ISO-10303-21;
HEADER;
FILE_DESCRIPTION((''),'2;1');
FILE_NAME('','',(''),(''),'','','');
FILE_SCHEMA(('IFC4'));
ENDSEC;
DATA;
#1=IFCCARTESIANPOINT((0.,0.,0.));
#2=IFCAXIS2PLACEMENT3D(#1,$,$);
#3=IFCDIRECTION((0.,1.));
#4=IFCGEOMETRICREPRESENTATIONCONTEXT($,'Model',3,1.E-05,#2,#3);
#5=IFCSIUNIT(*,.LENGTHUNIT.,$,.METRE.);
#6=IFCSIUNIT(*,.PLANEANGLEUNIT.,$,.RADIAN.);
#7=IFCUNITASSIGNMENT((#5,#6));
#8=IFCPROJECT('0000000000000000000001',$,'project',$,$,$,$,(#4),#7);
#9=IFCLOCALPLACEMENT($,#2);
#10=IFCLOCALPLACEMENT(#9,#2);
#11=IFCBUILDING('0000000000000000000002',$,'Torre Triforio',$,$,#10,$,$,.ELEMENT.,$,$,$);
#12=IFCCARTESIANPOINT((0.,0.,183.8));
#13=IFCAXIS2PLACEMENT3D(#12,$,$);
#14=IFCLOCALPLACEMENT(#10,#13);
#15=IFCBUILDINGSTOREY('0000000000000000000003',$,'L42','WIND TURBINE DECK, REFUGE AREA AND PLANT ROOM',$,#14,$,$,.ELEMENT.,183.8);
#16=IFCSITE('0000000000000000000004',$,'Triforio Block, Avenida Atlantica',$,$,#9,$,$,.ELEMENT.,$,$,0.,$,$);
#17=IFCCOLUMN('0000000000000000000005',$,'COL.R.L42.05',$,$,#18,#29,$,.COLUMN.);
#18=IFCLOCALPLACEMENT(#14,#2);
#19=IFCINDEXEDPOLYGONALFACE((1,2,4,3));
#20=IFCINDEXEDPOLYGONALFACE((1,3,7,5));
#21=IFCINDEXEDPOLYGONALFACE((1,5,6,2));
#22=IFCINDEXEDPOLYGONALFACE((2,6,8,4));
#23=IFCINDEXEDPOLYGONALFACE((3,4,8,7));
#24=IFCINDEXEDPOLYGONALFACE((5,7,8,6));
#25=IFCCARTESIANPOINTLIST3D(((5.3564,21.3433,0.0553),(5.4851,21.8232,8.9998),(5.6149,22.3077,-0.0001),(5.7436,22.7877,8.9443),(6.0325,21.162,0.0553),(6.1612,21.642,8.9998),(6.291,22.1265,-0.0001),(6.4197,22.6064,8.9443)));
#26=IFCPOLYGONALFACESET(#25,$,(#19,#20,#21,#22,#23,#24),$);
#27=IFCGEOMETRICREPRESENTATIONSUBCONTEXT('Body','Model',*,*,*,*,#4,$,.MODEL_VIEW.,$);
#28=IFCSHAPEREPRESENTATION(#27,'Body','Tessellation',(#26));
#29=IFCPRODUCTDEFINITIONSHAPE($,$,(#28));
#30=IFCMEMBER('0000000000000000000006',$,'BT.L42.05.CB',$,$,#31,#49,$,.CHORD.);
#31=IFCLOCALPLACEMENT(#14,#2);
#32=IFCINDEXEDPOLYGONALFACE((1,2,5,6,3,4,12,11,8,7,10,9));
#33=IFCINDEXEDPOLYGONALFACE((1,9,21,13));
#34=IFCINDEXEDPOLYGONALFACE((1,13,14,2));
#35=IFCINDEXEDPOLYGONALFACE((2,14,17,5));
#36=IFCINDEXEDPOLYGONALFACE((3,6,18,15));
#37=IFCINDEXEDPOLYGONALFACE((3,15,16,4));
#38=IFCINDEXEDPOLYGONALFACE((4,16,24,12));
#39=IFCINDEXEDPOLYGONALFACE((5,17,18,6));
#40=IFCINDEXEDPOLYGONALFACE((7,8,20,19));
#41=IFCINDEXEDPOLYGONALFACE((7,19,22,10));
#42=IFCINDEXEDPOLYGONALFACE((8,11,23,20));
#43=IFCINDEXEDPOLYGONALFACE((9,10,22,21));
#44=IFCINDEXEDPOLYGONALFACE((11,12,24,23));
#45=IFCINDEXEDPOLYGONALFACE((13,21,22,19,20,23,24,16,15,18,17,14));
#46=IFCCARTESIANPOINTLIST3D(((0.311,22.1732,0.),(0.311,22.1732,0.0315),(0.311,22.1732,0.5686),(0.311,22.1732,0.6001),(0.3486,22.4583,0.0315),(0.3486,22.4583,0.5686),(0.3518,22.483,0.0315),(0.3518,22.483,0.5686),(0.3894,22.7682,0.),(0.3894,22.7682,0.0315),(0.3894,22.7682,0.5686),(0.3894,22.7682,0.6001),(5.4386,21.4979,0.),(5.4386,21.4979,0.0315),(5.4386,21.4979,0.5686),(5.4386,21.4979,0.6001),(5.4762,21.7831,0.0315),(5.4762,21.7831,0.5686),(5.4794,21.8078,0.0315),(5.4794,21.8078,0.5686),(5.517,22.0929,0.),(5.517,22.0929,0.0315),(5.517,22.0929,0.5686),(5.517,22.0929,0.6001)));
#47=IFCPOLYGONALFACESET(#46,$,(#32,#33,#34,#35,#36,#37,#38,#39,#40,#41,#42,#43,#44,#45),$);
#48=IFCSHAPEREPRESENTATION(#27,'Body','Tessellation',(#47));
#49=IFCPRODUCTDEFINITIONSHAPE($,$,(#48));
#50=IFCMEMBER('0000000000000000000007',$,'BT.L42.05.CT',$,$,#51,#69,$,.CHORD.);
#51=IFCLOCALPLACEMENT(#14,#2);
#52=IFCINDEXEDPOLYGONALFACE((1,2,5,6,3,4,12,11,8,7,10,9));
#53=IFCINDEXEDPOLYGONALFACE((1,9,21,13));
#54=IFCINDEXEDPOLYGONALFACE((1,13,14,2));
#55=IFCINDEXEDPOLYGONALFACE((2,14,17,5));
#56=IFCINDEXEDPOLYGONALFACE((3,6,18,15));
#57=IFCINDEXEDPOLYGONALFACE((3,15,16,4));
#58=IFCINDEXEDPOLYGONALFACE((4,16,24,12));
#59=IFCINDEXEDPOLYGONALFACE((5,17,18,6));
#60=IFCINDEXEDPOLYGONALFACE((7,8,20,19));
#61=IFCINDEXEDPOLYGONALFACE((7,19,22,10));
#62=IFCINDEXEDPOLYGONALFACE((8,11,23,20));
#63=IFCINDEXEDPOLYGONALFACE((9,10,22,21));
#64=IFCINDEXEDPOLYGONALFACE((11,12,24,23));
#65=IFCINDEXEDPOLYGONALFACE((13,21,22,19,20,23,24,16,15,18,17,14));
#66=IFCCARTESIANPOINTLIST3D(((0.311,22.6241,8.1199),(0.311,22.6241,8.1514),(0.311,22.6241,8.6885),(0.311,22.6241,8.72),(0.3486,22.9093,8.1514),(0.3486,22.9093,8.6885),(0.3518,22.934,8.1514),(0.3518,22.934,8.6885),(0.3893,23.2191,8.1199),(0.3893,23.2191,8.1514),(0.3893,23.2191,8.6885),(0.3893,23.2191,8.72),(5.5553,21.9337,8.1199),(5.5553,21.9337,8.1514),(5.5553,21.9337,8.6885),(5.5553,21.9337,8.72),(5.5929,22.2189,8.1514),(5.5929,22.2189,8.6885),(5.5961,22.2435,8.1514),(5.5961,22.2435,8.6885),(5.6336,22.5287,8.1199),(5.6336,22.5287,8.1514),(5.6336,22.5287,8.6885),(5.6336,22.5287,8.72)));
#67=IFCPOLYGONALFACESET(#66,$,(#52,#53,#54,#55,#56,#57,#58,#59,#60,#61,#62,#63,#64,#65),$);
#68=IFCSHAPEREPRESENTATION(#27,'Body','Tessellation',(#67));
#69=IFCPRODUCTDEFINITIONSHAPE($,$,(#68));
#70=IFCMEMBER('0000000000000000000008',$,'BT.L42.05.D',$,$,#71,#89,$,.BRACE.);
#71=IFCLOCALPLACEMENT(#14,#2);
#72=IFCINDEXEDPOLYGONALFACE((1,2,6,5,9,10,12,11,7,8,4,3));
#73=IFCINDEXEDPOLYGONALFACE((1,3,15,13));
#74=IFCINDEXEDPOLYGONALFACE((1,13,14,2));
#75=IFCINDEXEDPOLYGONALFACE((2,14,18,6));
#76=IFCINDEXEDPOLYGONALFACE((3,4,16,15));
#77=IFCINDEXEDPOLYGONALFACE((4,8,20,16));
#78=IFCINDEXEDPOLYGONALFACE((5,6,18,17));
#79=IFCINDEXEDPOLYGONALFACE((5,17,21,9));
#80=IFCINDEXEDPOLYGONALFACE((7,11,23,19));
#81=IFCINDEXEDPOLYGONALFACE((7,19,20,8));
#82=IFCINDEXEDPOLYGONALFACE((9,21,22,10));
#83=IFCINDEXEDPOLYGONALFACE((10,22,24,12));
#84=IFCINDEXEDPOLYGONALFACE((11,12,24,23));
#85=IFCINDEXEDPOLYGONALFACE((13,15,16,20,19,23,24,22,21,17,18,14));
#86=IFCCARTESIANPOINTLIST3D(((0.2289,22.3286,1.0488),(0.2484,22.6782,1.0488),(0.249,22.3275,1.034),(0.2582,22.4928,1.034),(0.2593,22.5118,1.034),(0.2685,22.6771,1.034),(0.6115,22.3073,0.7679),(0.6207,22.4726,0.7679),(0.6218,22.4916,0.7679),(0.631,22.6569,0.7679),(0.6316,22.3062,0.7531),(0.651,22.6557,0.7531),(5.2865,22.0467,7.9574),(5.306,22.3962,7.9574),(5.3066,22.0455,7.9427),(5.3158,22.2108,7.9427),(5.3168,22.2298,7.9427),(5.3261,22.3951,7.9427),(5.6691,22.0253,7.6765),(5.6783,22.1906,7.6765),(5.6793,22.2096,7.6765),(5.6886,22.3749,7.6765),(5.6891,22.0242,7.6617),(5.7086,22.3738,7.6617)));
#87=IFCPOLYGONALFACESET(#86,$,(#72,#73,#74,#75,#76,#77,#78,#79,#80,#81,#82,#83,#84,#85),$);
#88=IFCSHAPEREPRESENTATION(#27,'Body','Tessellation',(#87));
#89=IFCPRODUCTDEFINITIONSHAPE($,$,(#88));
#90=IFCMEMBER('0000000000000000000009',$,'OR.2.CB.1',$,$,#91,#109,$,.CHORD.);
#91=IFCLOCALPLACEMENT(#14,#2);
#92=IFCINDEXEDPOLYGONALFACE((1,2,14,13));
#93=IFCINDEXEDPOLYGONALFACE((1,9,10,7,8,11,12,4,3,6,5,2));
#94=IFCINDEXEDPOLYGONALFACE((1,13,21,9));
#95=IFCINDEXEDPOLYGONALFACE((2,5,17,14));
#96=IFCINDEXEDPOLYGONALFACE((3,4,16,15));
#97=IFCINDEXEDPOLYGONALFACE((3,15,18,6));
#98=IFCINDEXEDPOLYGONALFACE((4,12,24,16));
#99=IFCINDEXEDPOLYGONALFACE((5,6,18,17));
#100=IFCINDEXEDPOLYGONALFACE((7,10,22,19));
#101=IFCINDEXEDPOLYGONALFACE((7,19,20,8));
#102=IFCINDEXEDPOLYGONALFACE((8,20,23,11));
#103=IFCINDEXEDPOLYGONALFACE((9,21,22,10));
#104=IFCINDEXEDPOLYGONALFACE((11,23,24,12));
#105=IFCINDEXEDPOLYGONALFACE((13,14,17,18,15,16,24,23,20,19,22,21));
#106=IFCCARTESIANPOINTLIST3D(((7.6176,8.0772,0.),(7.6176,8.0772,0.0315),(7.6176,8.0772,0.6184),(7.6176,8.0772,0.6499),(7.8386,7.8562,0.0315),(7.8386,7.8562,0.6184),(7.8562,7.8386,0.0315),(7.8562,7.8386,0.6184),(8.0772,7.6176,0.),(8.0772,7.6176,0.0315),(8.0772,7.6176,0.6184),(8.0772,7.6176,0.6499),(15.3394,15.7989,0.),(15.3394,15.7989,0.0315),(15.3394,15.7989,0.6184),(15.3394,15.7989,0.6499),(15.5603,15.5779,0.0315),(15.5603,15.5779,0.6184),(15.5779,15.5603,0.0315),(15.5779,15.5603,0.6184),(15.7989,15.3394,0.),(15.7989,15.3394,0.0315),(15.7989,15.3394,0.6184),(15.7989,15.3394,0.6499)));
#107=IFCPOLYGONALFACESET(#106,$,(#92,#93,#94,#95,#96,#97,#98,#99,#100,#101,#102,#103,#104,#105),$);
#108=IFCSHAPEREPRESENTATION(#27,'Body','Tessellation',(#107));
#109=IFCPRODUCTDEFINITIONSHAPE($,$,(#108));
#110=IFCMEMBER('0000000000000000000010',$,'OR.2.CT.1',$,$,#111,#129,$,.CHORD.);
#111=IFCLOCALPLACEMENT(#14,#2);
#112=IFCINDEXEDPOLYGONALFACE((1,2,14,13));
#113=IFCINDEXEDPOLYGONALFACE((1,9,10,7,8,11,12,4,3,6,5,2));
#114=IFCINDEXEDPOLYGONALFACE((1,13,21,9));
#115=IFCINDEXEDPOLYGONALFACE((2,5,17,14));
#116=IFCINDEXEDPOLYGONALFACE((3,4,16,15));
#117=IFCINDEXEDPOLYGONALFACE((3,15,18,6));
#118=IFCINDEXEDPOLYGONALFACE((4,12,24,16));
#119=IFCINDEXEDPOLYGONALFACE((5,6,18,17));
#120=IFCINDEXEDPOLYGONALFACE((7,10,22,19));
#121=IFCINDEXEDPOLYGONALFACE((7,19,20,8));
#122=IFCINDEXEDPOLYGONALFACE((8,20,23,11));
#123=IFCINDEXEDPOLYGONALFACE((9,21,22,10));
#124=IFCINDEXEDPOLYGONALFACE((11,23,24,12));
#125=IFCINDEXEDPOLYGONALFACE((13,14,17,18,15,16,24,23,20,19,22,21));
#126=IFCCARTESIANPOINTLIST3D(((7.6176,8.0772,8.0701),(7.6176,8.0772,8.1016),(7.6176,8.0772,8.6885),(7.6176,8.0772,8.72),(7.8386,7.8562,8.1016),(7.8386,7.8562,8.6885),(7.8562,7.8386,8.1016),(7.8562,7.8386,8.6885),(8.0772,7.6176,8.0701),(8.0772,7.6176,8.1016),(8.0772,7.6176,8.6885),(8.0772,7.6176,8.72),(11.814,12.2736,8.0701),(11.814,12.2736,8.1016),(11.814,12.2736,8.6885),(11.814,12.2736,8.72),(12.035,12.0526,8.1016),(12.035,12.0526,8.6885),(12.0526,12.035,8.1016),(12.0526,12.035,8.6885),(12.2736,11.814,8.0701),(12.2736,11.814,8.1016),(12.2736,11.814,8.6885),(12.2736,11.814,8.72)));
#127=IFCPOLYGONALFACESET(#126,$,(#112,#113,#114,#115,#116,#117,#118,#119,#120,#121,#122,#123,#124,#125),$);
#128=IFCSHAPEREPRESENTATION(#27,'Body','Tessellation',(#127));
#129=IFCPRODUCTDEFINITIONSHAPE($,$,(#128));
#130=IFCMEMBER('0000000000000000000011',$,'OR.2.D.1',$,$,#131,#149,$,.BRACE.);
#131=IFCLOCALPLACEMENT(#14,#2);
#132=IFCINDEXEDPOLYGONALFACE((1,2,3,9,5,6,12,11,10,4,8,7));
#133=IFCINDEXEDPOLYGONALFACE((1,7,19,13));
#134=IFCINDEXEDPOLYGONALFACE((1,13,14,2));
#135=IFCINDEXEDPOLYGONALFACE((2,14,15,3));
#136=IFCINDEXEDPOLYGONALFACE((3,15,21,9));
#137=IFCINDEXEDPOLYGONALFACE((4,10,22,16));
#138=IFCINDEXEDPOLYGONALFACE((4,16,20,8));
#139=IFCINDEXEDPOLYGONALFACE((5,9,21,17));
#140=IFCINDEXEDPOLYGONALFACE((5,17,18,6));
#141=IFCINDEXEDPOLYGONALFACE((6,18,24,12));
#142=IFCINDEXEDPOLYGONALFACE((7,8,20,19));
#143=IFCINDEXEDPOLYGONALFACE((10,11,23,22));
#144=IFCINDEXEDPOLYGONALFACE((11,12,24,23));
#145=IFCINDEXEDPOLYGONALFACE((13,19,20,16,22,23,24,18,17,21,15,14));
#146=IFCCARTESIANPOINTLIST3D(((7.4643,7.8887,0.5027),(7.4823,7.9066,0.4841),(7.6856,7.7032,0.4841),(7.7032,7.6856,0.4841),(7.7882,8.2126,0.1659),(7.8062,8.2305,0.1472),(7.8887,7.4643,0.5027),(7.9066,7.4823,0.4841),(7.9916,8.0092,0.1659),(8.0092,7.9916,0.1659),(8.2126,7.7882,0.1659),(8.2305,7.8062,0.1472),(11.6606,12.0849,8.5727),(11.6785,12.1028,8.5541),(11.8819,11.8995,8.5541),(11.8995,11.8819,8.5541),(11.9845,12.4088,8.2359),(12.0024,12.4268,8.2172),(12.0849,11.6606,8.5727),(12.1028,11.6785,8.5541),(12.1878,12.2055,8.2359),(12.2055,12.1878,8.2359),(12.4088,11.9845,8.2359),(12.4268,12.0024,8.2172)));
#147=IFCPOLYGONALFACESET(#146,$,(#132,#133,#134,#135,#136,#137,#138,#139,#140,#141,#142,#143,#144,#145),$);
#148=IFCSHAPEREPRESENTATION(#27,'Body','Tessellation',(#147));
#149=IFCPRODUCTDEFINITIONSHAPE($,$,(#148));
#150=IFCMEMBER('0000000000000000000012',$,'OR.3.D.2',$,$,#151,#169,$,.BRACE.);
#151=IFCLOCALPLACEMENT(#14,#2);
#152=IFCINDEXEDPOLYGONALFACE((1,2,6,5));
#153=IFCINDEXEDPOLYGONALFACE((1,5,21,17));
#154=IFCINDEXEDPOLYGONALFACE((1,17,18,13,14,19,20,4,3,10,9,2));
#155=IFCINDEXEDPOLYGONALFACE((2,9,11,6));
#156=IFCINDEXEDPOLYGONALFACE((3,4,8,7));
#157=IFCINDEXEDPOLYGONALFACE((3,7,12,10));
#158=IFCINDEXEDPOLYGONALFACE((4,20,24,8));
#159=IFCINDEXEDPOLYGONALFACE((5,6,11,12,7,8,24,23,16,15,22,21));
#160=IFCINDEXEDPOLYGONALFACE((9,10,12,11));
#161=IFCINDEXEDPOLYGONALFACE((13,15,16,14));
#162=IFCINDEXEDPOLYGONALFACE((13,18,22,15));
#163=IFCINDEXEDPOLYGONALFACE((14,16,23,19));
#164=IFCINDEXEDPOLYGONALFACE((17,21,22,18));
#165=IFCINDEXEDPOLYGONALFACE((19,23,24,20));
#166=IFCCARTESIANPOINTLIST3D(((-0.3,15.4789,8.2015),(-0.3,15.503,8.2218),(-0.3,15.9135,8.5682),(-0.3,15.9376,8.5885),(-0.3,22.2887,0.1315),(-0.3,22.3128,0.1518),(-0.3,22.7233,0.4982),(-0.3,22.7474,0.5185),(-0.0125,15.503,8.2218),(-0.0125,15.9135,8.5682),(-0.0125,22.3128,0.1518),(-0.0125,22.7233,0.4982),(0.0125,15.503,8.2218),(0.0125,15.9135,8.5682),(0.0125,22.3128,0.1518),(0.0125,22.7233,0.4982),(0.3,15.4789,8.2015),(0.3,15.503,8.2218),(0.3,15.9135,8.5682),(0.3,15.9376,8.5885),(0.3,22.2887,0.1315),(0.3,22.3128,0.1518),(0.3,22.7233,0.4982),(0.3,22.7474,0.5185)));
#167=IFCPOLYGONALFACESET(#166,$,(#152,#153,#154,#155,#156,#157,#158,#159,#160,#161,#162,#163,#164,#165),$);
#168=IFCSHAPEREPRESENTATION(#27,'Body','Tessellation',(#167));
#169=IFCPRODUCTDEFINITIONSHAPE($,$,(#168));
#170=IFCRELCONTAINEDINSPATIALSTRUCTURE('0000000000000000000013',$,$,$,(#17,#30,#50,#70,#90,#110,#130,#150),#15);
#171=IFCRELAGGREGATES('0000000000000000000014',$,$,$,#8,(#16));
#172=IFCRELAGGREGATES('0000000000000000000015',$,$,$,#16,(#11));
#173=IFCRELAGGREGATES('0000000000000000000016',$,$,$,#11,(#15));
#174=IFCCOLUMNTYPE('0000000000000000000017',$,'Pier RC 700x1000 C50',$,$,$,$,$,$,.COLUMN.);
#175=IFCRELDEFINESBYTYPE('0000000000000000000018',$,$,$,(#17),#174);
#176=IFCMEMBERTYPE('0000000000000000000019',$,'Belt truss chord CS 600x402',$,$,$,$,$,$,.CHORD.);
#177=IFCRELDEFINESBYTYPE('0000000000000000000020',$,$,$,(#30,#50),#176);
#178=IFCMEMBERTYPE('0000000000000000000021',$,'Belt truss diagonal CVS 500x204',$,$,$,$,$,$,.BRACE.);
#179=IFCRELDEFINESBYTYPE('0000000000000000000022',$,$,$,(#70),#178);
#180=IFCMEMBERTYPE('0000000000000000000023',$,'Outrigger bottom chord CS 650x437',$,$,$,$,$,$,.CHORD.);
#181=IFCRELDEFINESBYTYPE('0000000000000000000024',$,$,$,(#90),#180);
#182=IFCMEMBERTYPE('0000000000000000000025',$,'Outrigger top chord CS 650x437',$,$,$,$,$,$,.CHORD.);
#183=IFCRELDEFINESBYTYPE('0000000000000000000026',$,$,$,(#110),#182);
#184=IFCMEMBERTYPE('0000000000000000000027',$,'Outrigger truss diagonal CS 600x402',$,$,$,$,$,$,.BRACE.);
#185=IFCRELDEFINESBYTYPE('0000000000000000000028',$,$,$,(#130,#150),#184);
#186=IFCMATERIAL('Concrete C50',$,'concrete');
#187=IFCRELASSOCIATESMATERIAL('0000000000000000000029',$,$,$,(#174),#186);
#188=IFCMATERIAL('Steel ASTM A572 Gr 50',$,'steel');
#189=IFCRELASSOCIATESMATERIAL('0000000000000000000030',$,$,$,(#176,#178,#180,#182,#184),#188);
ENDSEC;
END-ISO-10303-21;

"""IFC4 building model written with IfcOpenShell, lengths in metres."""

from ifc_helpers import new_model, si_unit, direction, frame, origin, origin_2d, place, context, subcontext, project, spatial, rectangle, i_section, extrude, material, material_profile, profile_set, type_object, element, save


model = new_model("IFC4")

# Units and contexts
model_context = context("Model", 3, precision=1e-05, world=origin(), true_north=direction((0.0, 1.0)))
body_context = subcontext(model_context, "Body", "Model", "MODEL_VIEW")
ifc_project = project(units=[si_unit("LENGTHUNIT", "METRE"), si_unit("PLANEANGLEUNIT", "RADIAN")], contexts=[model_context])

# Site, building, storey
site_placement = place(None, origin())
site = spatial("IfcSite", under=ifc_project, at=site_placement, Name="Triforio Block, Avenida Atlantica", CompositionType="ELEMENT", RefElevation=0.0)
building_placement = place(site_placement, origin())
building = spatial("IfcBuilding", under=site, at=building_placement, Name="Torre Triforio", CompositionType="ELEMENT")
storey_placement = place(building_placement, frame((0.0, 0.0, 183.8)))
storey = spatial("IfcBuildingStorey", under=building, at=storey_placement, Name="L42", Description="WIND TURBINE DECK, REFUGE AREA AND PLANT ROOM", CompositionType="ELEMENT", Elevation=183.8)

# Column
ifc_material_1 = material(Name="Concrete C50", Category="concrete")
ifc_material_profile_1 = material_profile(ifc_material_1, rectangle(XDim=0.7, YDim=1.0, at=origin_2d()), Name="RC 700x1000")
ifc_profile_set_1 = profile_set([ifc_material_profile_1], Name="Concrete C50")
column_type = type_object("IfcColumnType", Name="Pier RC 700x1000 C50", PredefinedType="COLUMN", material=ifc_profile_set_1)
column_placement = place(storey_placement, frame((5.8237, 21.7349, 0.0276), z_axis=(0.014362, 0.053579, 0.99846), x_axis=(-0.9659, 0.258916, 0.0)))
element("IfcColumn", 1, at=column_placement, inside=storey, type_object=column_type, Name="COL.R.L42.05", PredefinedType="COLUMN", context=body_context, shape_type="SweptSolid", body=[
    extrude(rectangle(XDim=0.7, YDim=1.0, at=origin_2d()), origin(), (0.0, 0.0, 1.0), 8.9583),
])

# Members
ifc_material_2 = material(Name="Steel ASTM A572 Gr 50", Category="steel")
ifc_material_profile_2 = material_profile(ifc_material_2, i_section(OverallWidth=0.6001, OverallDepth=0.6001, WebThickness=0.0249, FlangeThickness=0.0315, at=origin_2d()), Name="CS 600x402")
ifc_profile_set_2 = profile_set([ifc_material_profile_2], Name="Steel ASTM A572 Gr 50")
member_type_1 = type_object("IfcMemberType", Name="Belt truss chord CS 600x402", PredefinedType="CHORD", material=ifc_profile_set_2)
member_1_placement = place(storey_placement, frame((5.4778, 21.7954, 0.3), z_axis=(-0.991439, 0.130568, 0.0), x_axis=(-0.130568, -0.991439, 0.0)))
element("IfcMember", 2, at=member_1_placement, inside=storey, type_object=member_type_1, Name="BT.L42.05.CB", PredefinedType="CHORD", context=body_context, shape_type="SweptSolid", body=[
    extrude(i_section(OverallWidth=0.6001, OverallDepth=0.6001, WebThickness=0.0249, FlangeThickness=0.0315, at=origin_2d()), origin(), (0.0, 0.0, 1.0), 5.1719),
])
member_2_placement = place(storey_placement, frame((5.5945, 22.2312, 8.4199), z_axis=(-0.991445, 0.130525, 0.0), x_axis=(-0.130525, -0.991445, 0.0)))
element("IfcMember", 3, at=member_2_placement, inside=storey, type_object=member_type_1, Name="BT.L42.05.CT", PredefinedType="CHORD", context=body_context, shape_type="SweptSolid", body=[
    extrude(i_section(OverallWidth=0.6001, OverallDepth=0.6001, WebThickness=0.0249, FlangeThickness=0.0315, at=origin_2d()), origin(), (0.0, 0.0, 1.0), 5.2896),
])
ifc_material_profile_3 = material_profile(ifc_material_2, i_section(OverallWidth=0.3501, OverallDepth=0.5, WebThickness=0.019, FlangeThickness=0.0249, at=origin_2d()), Name="CVS 500x204")
ifc_profile_set_3 = profile_set([ifc_material_profile_3], Name="Steel ASTM A572 Gr 50")
member_type_2 = type_object("IfcMemberType", Name="Belt truss diagonal CVS 500x204", PredefinedType="BRACE", material=ifc_profile_set_3)
member_3_placement = place(storey_placement, frame((5.4976, 22.2102, 7.8096), z_axis=(-0.590378, 0.032916, -0.806455), x_axis=(-0.055668, -0.998449, 0.0)))
element("IfcMember", 4, at=member_3_placement, inside=storey, type_object=member_type_2, Name="BT.L42.05.D", PredefinedType="BRACE", context=body_context, shape_type="SweptSolid", body=[
    extrude(i_section(OverallWidth=0.3501, OverallDepth=0.5, WebThickness=0.019, FlangeThickness=0.0249, at=origin_2d()), origin(), (0.0, 0.0, 1.0), 8.5667),
])
ifc_material_profile_4 = material_profile(ifc_material_2, i_section(OverallWidth=0.6499, OverallDepth=0.6499, WebThickness=0.0249, FlangeThickness=0.0315, at=origin_2d()), Name="CS 650x437")
ifc_profile_set_4 = profile_set([ifc_material_profile_4], Name="Steel ASTM A572 Gr 50")
member_type_3 = type_object("IfcMemberType", Name="Outrigger bottom chord CS 650x437", PredefinedType="CHORD", material=ifc_profile_set_4)
member_4_placement = place(storey_placement, frame((7.8474, 7.8474, 0.325), z_axis=(0.707107, 0.707107, 0.0), x_axis=(-0.707107, 0.707107, 0.0)))
element("IfcMember", 5, at=member_4_placement, inside=storey, type_object=member_type_3, Name="OR.2.CB.1", PredefinedType="CHORD", context=body_context, shape_type="SweptSolid", body=[
    extrude(i_section(OverallWidth=0.6499, OverallDepth=0.6499, WebThickness=0.0249, FlangeThickness=0.0315, at=origin_2d()), origin(), (0.0, 0.0, 1.0), 10.9202),
])
ifc_material_profile_5 = material_profile(ifc_material_2, i_section(OverallWidth=0.6499, OverallDepth=0.6499, WebThickness=0.0249, FlangeThickness=0.0315, at=origin_2d()), Name="CS 650x437")
ifc_profile_set_5 = profile_set([ifc_material_profile_5], Name="Steel ASTM A572 Gr 50")
member_type_4 = type_object("IfcMemberType", Name="Outrigger top chord CS 650x437", PredefinedType="CHORD", material=ifc_profile_set_5)
member_5_placement = place(storey_placement, frame((7.8474, 7.8474, 8.395), z_axis=(0.707107, 0.707107, 0.0), x_axis=(-0.707107, 0.707107, 0.0)))
element("IfcMember", 6, at=member_5_placement, inside=storey, type_object=member_type_4, Name="OR.2.CT.1", PredefinedType="CHORD", context=body_context, shape_type="SweptSolid", body=[
    extrude(i_section(OverallWidth=0.6499, OverallDepth=0.6499, WebThickness=0.0249, FlangeThickness=0.0315, at=origin_2d()), origin(), (0.0, 0.0, 1.0), 5.9346),
])
ifc_material_profile_6 = material_profile(ifc_material_2, i_section(OverallWidth=0.6001, OverallDepth=0.6001, WebThickness=0.0249, FlangeThickness=0.0315, at=origin_2d()), Name="CS 600x402")
ifc_profile_set_6 = profile_set([ifc_material_profile_6], Name="Steel ASTM A572 Gr 50")
member_type_5 = type_object("IfcMemberType", Name="Outrigger truss diagonal CS 600x402", PredefinedType="BRACE", material=ifc_profile_set_6)
member_6_placement = place(storey_placement, frame((7.8474, 7.8474, 0.325), z_axis=(0.41891, 0.41891, 0.805624), x_axis=(-0.707107, 0.707107, 0.0)))
element("IfcMember", 7, at=member_6_placement, inside=storey, type_object=member_type_5, Name="OR.2.D.1", PredefinedType="BRACE", context=body_context, shape_type="SweptSolid", body=[
    extrude(i_section(OverallWidth=0.6001, OverallDepth=0.6001, WebThickness=0.0249, FlangeThickness=0.0315, at=origin_2d()), origin(), (0.0, 0.0, 1.0), 10.0171),
])
member_7_placement = place(storey_placement, frame((0.0, 15.7083, 8.395), z_axis=(0.0, 0.644909, -0.764259), x_axis=(-1.0, 0.0, 0.0)))
element("IfcMember", 8, at=member_7_placement, inside=storey, type_object=member_type_5, Name="OR.3.D.2", PredefinedType="BRACE", context=body_context, shape_type="SweptSolid", body=[
    extrude(i_section(OverallWidth=0.6001, OverallDepth=0.6001, WebThickness=0.0249, FlangeThickness=0.0315, at=origin_2d()), origin(), (0.0, 0.0, 1.0), 10.5593),
])

save(model, "model.ifc")
